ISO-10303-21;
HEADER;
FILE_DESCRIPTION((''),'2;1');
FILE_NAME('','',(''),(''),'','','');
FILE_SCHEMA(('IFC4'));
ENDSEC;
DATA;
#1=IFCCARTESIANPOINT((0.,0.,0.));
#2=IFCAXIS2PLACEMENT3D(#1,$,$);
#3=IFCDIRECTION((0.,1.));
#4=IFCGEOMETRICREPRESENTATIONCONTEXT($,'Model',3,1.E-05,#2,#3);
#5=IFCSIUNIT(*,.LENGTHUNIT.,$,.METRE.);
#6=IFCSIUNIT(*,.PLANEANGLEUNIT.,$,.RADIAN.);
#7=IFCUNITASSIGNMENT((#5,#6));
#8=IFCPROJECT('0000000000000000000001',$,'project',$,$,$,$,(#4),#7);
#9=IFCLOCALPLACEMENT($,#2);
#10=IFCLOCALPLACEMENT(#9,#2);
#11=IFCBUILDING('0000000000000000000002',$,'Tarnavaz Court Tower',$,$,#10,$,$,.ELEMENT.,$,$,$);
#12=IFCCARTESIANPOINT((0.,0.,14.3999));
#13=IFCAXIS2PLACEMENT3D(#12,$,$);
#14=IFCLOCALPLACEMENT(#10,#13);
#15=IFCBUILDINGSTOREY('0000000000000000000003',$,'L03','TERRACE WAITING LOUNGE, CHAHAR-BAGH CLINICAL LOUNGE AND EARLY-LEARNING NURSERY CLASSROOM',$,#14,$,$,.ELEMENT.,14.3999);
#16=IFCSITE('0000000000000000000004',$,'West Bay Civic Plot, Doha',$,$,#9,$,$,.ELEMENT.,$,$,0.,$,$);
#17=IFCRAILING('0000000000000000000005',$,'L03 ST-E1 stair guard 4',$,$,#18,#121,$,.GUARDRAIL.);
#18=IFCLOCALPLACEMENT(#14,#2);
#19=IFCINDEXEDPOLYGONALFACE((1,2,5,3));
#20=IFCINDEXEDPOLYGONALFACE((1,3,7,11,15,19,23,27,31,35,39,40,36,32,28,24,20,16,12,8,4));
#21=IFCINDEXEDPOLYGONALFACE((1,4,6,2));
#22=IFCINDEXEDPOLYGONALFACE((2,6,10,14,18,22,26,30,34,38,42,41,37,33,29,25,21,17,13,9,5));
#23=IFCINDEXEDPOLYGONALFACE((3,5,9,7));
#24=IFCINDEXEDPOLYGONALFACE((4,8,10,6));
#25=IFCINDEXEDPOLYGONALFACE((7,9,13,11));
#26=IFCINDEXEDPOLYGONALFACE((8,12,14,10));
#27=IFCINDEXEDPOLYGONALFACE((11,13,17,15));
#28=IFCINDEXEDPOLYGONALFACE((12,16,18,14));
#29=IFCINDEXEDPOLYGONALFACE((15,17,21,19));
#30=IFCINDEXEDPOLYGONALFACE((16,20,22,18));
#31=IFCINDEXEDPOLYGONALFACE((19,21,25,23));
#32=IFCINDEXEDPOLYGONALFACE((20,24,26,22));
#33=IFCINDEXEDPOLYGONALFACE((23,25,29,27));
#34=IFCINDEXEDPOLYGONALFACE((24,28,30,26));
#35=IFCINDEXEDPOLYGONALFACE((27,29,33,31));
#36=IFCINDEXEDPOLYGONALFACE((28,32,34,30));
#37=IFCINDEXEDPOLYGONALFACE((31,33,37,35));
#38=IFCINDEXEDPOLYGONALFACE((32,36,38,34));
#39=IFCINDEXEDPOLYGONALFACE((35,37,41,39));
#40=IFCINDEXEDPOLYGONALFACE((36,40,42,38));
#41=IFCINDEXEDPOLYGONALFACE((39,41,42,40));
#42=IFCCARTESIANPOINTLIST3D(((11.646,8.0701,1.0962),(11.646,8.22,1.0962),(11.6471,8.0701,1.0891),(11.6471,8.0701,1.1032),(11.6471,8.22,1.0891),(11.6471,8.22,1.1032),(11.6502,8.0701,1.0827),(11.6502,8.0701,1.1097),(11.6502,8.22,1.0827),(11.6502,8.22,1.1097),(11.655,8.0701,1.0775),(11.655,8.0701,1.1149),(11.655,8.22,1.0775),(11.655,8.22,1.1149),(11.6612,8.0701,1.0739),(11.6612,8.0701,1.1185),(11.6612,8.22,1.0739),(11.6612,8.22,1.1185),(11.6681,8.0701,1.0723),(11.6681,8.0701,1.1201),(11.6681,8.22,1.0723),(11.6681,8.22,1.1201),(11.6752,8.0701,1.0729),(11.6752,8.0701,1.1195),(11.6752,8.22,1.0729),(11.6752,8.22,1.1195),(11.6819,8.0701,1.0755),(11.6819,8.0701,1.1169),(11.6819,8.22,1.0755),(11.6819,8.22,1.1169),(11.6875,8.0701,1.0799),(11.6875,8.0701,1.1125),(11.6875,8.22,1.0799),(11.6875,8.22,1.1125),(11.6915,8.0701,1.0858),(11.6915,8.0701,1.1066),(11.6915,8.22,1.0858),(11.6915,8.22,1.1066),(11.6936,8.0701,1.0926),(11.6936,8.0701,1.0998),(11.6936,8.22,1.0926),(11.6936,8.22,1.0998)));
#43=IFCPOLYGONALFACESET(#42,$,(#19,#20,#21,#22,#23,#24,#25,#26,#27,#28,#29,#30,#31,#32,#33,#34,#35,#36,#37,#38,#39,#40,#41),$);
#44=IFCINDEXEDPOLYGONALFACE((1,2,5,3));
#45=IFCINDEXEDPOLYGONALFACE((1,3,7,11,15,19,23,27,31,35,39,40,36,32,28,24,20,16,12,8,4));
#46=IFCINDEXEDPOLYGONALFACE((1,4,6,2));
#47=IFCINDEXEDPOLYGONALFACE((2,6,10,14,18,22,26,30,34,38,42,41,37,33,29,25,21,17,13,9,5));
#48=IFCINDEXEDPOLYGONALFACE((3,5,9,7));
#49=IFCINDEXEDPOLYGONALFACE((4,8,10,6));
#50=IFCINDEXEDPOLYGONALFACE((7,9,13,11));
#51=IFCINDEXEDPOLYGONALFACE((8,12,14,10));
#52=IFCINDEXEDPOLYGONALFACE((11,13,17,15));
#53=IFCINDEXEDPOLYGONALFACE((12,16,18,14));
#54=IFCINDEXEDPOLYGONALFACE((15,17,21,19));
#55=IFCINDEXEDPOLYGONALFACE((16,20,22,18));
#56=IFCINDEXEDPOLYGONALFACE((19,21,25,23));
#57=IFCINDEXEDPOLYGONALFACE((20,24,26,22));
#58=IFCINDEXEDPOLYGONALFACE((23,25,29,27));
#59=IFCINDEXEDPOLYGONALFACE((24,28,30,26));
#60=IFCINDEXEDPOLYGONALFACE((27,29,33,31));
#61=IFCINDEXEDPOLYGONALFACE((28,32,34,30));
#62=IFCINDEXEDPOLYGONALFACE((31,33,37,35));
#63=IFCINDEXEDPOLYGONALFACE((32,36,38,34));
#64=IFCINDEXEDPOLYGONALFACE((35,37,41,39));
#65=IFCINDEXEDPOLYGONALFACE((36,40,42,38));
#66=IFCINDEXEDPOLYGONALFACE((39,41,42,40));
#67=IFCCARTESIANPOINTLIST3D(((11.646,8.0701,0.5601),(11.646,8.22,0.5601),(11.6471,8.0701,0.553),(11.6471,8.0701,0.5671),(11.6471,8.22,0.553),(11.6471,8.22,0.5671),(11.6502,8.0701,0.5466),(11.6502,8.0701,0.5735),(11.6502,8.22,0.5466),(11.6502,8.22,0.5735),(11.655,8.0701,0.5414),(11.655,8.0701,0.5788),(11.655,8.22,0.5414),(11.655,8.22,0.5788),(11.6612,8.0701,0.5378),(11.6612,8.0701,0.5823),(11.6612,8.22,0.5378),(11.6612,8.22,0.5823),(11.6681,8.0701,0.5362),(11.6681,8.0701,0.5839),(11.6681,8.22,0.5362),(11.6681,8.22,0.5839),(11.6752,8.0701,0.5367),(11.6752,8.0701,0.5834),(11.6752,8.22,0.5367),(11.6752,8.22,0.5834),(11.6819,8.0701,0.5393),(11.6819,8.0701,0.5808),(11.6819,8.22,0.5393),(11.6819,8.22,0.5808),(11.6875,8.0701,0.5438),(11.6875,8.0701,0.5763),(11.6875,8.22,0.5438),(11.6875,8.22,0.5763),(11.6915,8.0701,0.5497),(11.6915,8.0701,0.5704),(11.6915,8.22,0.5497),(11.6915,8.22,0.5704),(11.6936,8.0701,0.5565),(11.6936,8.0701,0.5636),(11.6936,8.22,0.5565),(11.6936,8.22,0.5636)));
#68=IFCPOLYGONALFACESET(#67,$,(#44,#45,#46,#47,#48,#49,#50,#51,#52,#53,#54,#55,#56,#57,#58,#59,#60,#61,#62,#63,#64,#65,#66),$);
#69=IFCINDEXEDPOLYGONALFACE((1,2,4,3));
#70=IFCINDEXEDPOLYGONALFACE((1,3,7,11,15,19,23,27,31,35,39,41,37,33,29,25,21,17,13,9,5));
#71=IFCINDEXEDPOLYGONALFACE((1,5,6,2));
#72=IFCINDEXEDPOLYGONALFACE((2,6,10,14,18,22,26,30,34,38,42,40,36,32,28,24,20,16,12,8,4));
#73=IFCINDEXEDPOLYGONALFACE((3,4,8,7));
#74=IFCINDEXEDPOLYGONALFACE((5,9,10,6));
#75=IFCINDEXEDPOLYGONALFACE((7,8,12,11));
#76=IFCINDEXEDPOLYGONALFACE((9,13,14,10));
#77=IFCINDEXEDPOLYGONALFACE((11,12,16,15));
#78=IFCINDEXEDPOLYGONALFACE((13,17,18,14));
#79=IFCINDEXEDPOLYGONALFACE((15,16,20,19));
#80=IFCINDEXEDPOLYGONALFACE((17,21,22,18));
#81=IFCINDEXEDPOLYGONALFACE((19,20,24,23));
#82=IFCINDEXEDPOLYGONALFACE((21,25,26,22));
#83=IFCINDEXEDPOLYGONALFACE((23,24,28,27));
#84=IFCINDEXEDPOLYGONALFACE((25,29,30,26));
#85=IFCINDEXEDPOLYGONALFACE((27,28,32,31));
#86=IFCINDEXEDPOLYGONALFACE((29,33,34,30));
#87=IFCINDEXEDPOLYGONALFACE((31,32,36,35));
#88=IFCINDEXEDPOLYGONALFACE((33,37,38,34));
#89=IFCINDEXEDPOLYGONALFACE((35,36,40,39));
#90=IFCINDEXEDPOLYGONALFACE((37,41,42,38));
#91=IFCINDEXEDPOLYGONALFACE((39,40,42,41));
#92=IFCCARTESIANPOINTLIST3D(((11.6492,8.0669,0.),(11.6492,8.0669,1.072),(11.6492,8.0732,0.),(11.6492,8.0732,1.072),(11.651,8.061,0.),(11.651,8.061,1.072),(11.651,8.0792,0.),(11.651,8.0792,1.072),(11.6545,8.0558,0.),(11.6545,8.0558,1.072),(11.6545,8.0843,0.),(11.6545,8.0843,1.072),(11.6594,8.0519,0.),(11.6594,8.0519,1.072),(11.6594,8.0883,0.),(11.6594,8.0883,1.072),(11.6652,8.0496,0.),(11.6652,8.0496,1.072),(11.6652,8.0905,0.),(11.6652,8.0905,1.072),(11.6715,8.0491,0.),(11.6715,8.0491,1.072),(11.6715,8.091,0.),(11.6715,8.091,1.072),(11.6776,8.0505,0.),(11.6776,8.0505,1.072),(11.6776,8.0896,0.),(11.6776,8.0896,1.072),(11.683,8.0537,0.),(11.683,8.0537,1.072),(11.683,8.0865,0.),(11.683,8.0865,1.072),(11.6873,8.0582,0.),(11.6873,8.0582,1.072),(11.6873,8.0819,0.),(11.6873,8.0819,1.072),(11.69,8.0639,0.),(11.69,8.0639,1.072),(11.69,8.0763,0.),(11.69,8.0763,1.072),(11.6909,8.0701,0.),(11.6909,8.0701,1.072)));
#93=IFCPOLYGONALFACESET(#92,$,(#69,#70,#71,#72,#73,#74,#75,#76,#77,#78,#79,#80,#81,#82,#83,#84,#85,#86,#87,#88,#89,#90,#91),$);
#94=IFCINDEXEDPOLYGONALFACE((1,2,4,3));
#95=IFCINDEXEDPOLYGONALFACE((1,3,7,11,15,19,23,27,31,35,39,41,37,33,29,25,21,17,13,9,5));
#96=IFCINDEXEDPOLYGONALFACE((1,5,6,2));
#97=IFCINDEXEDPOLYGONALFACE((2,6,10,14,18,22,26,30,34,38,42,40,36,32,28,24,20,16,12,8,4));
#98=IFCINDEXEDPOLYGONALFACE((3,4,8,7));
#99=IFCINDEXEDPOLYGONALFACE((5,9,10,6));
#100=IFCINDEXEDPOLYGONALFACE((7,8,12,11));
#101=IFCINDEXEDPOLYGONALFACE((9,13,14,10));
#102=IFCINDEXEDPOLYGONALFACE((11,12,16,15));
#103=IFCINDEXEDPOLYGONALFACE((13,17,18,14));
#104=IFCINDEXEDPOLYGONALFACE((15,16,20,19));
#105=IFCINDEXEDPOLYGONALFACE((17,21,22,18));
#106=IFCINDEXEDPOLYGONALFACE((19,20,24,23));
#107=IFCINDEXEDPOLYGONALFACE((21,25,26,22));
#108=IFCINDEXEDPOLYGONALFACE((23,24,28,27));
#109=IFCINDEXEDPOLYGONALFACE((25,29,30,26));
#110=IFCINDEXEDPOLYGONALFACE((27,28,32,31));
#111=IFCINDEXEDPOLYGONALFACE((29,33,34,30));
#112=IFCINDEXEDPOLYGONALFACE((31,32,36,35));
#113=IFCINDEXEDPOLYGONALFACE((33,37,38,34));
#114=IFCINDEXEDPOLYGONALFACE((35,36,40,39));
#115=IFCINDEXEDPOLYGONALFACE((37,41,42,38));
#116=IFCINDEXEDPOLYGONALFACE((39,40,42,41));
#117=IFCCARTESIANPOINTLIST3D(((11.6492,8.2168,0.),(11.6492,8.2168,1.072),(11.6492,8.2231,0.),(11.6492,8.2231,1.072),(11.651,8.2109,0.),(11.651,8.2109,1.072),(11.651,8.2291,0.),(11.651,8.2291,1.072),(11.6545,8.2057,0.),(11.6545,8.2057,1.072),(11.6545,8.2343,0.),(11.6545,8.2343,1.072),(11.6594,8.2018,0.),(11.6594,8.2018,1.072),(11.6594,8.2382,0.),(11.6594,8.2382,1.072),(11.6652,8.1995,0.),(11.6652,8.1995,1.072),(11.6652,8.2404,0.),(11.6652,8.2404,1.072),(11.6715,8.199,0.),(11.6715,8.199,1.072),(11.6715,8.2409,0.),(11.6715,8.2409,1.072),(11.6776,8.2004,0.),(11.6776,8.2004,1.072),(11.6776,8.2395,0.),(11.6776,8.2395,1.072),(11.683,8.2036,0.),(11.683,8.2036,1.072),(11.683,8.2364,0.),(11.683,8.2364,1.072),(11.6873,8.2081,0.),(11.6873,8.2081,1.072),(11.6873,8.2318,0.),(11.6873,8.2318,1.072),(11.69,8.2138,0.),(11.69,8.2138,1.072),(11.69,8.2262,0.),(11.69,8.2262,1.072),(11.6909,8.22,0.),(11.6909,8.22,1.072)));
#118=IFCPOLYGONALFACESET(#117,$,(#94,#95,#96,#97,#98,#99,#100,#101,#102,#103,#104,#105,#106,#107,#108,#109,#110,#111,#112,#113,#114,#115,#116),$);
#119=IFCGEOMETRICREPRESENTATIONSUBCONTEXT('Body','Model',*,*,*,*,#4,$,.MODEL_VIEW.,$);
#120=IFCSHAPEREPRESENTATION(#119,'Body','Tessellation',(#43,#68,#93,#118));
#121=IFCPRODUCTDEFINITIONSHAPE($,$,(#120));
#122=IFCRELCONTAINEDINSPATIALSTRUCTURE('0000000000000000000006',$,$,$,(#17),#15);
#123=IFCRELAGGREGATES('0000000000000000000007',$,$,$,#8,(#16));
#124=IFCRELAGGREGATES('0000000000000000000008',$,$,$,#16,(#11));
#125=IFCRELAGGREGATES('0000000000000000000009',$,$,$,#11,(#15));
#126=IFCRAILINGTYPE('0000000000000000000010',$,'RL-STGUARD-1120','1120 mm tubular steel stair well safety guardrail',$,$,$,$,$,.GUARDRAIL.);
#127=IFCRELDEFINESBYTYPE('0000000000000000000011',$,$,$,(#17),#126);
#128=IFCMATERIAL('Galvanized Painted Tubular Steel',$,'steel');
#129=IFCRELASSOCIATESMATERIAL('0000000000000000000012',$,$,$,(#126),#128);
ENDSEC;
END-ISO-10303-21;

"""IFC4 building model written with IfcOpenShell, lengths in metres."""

from ifc_helpers import new_model, si_unit, direction, frame, origin, origin_2d, place, context, subcontext, project, spatial, circle, extrude, material, type_object, element, save


model = new_model("IFC4")

# Units and contexts
model_context = context("Model", 3, precision=1e-05, world=origin(), true_north=direction((0.0, 1.0)))
body_context = subcontext(model_context, "Body", "Model", "MODEL_VIEW")
ifc_project = project(units=[si_unit("LENGTHUNIT", "METRE"), si_unit("PLANEANGLEUNIT", "RADIAN")], contexts=[model_context])

# Site, building, storey
site_placement = place(None, origin())
site = spatial("IfcSite", under=ifc_project, at=site_placement, Name="West Bay Civic Plot, Doha", CompositionType="ELEMENT", RefElevation=0.0)
building_placement = place(site_placement, origin())
building = spatial("IfcBuilding", under=site, at=building_placement, Name="Tarnavaz Court Tower", CompositionType="ELEMENT")
storey_placement = place(building_placement, frame((0.0, 0.0, 14.3999)))
storey = spatial("IfcBuildingStorey", under=building, at=storey_placement, Name="L03", Description="TERRACE WAITING LOUNGE, CHAHAR-BAGH CLINICAL LOUNGE AND EARLY-LEARNING NURSERY CLASSROOM", CompositionType="ELEMENT", Elevation=14.3999)

# Railing
ifc_material_1 = material(Name="Galvanized Painted Tubular Steel", Category="steel")
railing_type_1 = type_object("IfcRailingType", Name="RL-STGUARD-1120", Description="1120 mm tubular steel stair well safety guardrail", PredefinedType="GUARDRAIL", material=ifc_material_1)
railing_1_placement = place(storey_placement, frame((11.6699, 8.0701, 0.0)))
element("IfcRailing", 1, at=railing_1_placement, inside=storey, type_object=railing_type_1, Name="L03 ST-E1 stair guard 4", PredefinedType="GUARDRAIL", context=body_context, shape_type="SweptSolid", body=[
    extrude(circle(Radius=0.0239, at=origin_2d()), frame((0.0, 0.0, 1.0962), z_axis=(0.0, 1.0, 0.0), x_axis=(-1.0, 0.0, 0.0)), (0.0, 0.0, 1.0), 0.1499),
    extrude(circle(Radius=0.0239, at=origin_2d()), frame((0.0, 0.0, 0.5601), z_axis=(0.0, 1.0, 0.0), x_axis=(-1.0, 0.0, 0.0)), (0.0, 0.0, 1.0), 0.1499),
    extrude(circle(Radius=0.021, at=origin_2d()), origin(), (0.0, 0.0, 1.0), 1.072),
    extrude(circle(Radius=0.021, at=origin_2d()), frame((0.0, 0.1499, 0.0)), (0.0, 0.0, 1.0), 1.072),
])

save(model, "model.ifc")
